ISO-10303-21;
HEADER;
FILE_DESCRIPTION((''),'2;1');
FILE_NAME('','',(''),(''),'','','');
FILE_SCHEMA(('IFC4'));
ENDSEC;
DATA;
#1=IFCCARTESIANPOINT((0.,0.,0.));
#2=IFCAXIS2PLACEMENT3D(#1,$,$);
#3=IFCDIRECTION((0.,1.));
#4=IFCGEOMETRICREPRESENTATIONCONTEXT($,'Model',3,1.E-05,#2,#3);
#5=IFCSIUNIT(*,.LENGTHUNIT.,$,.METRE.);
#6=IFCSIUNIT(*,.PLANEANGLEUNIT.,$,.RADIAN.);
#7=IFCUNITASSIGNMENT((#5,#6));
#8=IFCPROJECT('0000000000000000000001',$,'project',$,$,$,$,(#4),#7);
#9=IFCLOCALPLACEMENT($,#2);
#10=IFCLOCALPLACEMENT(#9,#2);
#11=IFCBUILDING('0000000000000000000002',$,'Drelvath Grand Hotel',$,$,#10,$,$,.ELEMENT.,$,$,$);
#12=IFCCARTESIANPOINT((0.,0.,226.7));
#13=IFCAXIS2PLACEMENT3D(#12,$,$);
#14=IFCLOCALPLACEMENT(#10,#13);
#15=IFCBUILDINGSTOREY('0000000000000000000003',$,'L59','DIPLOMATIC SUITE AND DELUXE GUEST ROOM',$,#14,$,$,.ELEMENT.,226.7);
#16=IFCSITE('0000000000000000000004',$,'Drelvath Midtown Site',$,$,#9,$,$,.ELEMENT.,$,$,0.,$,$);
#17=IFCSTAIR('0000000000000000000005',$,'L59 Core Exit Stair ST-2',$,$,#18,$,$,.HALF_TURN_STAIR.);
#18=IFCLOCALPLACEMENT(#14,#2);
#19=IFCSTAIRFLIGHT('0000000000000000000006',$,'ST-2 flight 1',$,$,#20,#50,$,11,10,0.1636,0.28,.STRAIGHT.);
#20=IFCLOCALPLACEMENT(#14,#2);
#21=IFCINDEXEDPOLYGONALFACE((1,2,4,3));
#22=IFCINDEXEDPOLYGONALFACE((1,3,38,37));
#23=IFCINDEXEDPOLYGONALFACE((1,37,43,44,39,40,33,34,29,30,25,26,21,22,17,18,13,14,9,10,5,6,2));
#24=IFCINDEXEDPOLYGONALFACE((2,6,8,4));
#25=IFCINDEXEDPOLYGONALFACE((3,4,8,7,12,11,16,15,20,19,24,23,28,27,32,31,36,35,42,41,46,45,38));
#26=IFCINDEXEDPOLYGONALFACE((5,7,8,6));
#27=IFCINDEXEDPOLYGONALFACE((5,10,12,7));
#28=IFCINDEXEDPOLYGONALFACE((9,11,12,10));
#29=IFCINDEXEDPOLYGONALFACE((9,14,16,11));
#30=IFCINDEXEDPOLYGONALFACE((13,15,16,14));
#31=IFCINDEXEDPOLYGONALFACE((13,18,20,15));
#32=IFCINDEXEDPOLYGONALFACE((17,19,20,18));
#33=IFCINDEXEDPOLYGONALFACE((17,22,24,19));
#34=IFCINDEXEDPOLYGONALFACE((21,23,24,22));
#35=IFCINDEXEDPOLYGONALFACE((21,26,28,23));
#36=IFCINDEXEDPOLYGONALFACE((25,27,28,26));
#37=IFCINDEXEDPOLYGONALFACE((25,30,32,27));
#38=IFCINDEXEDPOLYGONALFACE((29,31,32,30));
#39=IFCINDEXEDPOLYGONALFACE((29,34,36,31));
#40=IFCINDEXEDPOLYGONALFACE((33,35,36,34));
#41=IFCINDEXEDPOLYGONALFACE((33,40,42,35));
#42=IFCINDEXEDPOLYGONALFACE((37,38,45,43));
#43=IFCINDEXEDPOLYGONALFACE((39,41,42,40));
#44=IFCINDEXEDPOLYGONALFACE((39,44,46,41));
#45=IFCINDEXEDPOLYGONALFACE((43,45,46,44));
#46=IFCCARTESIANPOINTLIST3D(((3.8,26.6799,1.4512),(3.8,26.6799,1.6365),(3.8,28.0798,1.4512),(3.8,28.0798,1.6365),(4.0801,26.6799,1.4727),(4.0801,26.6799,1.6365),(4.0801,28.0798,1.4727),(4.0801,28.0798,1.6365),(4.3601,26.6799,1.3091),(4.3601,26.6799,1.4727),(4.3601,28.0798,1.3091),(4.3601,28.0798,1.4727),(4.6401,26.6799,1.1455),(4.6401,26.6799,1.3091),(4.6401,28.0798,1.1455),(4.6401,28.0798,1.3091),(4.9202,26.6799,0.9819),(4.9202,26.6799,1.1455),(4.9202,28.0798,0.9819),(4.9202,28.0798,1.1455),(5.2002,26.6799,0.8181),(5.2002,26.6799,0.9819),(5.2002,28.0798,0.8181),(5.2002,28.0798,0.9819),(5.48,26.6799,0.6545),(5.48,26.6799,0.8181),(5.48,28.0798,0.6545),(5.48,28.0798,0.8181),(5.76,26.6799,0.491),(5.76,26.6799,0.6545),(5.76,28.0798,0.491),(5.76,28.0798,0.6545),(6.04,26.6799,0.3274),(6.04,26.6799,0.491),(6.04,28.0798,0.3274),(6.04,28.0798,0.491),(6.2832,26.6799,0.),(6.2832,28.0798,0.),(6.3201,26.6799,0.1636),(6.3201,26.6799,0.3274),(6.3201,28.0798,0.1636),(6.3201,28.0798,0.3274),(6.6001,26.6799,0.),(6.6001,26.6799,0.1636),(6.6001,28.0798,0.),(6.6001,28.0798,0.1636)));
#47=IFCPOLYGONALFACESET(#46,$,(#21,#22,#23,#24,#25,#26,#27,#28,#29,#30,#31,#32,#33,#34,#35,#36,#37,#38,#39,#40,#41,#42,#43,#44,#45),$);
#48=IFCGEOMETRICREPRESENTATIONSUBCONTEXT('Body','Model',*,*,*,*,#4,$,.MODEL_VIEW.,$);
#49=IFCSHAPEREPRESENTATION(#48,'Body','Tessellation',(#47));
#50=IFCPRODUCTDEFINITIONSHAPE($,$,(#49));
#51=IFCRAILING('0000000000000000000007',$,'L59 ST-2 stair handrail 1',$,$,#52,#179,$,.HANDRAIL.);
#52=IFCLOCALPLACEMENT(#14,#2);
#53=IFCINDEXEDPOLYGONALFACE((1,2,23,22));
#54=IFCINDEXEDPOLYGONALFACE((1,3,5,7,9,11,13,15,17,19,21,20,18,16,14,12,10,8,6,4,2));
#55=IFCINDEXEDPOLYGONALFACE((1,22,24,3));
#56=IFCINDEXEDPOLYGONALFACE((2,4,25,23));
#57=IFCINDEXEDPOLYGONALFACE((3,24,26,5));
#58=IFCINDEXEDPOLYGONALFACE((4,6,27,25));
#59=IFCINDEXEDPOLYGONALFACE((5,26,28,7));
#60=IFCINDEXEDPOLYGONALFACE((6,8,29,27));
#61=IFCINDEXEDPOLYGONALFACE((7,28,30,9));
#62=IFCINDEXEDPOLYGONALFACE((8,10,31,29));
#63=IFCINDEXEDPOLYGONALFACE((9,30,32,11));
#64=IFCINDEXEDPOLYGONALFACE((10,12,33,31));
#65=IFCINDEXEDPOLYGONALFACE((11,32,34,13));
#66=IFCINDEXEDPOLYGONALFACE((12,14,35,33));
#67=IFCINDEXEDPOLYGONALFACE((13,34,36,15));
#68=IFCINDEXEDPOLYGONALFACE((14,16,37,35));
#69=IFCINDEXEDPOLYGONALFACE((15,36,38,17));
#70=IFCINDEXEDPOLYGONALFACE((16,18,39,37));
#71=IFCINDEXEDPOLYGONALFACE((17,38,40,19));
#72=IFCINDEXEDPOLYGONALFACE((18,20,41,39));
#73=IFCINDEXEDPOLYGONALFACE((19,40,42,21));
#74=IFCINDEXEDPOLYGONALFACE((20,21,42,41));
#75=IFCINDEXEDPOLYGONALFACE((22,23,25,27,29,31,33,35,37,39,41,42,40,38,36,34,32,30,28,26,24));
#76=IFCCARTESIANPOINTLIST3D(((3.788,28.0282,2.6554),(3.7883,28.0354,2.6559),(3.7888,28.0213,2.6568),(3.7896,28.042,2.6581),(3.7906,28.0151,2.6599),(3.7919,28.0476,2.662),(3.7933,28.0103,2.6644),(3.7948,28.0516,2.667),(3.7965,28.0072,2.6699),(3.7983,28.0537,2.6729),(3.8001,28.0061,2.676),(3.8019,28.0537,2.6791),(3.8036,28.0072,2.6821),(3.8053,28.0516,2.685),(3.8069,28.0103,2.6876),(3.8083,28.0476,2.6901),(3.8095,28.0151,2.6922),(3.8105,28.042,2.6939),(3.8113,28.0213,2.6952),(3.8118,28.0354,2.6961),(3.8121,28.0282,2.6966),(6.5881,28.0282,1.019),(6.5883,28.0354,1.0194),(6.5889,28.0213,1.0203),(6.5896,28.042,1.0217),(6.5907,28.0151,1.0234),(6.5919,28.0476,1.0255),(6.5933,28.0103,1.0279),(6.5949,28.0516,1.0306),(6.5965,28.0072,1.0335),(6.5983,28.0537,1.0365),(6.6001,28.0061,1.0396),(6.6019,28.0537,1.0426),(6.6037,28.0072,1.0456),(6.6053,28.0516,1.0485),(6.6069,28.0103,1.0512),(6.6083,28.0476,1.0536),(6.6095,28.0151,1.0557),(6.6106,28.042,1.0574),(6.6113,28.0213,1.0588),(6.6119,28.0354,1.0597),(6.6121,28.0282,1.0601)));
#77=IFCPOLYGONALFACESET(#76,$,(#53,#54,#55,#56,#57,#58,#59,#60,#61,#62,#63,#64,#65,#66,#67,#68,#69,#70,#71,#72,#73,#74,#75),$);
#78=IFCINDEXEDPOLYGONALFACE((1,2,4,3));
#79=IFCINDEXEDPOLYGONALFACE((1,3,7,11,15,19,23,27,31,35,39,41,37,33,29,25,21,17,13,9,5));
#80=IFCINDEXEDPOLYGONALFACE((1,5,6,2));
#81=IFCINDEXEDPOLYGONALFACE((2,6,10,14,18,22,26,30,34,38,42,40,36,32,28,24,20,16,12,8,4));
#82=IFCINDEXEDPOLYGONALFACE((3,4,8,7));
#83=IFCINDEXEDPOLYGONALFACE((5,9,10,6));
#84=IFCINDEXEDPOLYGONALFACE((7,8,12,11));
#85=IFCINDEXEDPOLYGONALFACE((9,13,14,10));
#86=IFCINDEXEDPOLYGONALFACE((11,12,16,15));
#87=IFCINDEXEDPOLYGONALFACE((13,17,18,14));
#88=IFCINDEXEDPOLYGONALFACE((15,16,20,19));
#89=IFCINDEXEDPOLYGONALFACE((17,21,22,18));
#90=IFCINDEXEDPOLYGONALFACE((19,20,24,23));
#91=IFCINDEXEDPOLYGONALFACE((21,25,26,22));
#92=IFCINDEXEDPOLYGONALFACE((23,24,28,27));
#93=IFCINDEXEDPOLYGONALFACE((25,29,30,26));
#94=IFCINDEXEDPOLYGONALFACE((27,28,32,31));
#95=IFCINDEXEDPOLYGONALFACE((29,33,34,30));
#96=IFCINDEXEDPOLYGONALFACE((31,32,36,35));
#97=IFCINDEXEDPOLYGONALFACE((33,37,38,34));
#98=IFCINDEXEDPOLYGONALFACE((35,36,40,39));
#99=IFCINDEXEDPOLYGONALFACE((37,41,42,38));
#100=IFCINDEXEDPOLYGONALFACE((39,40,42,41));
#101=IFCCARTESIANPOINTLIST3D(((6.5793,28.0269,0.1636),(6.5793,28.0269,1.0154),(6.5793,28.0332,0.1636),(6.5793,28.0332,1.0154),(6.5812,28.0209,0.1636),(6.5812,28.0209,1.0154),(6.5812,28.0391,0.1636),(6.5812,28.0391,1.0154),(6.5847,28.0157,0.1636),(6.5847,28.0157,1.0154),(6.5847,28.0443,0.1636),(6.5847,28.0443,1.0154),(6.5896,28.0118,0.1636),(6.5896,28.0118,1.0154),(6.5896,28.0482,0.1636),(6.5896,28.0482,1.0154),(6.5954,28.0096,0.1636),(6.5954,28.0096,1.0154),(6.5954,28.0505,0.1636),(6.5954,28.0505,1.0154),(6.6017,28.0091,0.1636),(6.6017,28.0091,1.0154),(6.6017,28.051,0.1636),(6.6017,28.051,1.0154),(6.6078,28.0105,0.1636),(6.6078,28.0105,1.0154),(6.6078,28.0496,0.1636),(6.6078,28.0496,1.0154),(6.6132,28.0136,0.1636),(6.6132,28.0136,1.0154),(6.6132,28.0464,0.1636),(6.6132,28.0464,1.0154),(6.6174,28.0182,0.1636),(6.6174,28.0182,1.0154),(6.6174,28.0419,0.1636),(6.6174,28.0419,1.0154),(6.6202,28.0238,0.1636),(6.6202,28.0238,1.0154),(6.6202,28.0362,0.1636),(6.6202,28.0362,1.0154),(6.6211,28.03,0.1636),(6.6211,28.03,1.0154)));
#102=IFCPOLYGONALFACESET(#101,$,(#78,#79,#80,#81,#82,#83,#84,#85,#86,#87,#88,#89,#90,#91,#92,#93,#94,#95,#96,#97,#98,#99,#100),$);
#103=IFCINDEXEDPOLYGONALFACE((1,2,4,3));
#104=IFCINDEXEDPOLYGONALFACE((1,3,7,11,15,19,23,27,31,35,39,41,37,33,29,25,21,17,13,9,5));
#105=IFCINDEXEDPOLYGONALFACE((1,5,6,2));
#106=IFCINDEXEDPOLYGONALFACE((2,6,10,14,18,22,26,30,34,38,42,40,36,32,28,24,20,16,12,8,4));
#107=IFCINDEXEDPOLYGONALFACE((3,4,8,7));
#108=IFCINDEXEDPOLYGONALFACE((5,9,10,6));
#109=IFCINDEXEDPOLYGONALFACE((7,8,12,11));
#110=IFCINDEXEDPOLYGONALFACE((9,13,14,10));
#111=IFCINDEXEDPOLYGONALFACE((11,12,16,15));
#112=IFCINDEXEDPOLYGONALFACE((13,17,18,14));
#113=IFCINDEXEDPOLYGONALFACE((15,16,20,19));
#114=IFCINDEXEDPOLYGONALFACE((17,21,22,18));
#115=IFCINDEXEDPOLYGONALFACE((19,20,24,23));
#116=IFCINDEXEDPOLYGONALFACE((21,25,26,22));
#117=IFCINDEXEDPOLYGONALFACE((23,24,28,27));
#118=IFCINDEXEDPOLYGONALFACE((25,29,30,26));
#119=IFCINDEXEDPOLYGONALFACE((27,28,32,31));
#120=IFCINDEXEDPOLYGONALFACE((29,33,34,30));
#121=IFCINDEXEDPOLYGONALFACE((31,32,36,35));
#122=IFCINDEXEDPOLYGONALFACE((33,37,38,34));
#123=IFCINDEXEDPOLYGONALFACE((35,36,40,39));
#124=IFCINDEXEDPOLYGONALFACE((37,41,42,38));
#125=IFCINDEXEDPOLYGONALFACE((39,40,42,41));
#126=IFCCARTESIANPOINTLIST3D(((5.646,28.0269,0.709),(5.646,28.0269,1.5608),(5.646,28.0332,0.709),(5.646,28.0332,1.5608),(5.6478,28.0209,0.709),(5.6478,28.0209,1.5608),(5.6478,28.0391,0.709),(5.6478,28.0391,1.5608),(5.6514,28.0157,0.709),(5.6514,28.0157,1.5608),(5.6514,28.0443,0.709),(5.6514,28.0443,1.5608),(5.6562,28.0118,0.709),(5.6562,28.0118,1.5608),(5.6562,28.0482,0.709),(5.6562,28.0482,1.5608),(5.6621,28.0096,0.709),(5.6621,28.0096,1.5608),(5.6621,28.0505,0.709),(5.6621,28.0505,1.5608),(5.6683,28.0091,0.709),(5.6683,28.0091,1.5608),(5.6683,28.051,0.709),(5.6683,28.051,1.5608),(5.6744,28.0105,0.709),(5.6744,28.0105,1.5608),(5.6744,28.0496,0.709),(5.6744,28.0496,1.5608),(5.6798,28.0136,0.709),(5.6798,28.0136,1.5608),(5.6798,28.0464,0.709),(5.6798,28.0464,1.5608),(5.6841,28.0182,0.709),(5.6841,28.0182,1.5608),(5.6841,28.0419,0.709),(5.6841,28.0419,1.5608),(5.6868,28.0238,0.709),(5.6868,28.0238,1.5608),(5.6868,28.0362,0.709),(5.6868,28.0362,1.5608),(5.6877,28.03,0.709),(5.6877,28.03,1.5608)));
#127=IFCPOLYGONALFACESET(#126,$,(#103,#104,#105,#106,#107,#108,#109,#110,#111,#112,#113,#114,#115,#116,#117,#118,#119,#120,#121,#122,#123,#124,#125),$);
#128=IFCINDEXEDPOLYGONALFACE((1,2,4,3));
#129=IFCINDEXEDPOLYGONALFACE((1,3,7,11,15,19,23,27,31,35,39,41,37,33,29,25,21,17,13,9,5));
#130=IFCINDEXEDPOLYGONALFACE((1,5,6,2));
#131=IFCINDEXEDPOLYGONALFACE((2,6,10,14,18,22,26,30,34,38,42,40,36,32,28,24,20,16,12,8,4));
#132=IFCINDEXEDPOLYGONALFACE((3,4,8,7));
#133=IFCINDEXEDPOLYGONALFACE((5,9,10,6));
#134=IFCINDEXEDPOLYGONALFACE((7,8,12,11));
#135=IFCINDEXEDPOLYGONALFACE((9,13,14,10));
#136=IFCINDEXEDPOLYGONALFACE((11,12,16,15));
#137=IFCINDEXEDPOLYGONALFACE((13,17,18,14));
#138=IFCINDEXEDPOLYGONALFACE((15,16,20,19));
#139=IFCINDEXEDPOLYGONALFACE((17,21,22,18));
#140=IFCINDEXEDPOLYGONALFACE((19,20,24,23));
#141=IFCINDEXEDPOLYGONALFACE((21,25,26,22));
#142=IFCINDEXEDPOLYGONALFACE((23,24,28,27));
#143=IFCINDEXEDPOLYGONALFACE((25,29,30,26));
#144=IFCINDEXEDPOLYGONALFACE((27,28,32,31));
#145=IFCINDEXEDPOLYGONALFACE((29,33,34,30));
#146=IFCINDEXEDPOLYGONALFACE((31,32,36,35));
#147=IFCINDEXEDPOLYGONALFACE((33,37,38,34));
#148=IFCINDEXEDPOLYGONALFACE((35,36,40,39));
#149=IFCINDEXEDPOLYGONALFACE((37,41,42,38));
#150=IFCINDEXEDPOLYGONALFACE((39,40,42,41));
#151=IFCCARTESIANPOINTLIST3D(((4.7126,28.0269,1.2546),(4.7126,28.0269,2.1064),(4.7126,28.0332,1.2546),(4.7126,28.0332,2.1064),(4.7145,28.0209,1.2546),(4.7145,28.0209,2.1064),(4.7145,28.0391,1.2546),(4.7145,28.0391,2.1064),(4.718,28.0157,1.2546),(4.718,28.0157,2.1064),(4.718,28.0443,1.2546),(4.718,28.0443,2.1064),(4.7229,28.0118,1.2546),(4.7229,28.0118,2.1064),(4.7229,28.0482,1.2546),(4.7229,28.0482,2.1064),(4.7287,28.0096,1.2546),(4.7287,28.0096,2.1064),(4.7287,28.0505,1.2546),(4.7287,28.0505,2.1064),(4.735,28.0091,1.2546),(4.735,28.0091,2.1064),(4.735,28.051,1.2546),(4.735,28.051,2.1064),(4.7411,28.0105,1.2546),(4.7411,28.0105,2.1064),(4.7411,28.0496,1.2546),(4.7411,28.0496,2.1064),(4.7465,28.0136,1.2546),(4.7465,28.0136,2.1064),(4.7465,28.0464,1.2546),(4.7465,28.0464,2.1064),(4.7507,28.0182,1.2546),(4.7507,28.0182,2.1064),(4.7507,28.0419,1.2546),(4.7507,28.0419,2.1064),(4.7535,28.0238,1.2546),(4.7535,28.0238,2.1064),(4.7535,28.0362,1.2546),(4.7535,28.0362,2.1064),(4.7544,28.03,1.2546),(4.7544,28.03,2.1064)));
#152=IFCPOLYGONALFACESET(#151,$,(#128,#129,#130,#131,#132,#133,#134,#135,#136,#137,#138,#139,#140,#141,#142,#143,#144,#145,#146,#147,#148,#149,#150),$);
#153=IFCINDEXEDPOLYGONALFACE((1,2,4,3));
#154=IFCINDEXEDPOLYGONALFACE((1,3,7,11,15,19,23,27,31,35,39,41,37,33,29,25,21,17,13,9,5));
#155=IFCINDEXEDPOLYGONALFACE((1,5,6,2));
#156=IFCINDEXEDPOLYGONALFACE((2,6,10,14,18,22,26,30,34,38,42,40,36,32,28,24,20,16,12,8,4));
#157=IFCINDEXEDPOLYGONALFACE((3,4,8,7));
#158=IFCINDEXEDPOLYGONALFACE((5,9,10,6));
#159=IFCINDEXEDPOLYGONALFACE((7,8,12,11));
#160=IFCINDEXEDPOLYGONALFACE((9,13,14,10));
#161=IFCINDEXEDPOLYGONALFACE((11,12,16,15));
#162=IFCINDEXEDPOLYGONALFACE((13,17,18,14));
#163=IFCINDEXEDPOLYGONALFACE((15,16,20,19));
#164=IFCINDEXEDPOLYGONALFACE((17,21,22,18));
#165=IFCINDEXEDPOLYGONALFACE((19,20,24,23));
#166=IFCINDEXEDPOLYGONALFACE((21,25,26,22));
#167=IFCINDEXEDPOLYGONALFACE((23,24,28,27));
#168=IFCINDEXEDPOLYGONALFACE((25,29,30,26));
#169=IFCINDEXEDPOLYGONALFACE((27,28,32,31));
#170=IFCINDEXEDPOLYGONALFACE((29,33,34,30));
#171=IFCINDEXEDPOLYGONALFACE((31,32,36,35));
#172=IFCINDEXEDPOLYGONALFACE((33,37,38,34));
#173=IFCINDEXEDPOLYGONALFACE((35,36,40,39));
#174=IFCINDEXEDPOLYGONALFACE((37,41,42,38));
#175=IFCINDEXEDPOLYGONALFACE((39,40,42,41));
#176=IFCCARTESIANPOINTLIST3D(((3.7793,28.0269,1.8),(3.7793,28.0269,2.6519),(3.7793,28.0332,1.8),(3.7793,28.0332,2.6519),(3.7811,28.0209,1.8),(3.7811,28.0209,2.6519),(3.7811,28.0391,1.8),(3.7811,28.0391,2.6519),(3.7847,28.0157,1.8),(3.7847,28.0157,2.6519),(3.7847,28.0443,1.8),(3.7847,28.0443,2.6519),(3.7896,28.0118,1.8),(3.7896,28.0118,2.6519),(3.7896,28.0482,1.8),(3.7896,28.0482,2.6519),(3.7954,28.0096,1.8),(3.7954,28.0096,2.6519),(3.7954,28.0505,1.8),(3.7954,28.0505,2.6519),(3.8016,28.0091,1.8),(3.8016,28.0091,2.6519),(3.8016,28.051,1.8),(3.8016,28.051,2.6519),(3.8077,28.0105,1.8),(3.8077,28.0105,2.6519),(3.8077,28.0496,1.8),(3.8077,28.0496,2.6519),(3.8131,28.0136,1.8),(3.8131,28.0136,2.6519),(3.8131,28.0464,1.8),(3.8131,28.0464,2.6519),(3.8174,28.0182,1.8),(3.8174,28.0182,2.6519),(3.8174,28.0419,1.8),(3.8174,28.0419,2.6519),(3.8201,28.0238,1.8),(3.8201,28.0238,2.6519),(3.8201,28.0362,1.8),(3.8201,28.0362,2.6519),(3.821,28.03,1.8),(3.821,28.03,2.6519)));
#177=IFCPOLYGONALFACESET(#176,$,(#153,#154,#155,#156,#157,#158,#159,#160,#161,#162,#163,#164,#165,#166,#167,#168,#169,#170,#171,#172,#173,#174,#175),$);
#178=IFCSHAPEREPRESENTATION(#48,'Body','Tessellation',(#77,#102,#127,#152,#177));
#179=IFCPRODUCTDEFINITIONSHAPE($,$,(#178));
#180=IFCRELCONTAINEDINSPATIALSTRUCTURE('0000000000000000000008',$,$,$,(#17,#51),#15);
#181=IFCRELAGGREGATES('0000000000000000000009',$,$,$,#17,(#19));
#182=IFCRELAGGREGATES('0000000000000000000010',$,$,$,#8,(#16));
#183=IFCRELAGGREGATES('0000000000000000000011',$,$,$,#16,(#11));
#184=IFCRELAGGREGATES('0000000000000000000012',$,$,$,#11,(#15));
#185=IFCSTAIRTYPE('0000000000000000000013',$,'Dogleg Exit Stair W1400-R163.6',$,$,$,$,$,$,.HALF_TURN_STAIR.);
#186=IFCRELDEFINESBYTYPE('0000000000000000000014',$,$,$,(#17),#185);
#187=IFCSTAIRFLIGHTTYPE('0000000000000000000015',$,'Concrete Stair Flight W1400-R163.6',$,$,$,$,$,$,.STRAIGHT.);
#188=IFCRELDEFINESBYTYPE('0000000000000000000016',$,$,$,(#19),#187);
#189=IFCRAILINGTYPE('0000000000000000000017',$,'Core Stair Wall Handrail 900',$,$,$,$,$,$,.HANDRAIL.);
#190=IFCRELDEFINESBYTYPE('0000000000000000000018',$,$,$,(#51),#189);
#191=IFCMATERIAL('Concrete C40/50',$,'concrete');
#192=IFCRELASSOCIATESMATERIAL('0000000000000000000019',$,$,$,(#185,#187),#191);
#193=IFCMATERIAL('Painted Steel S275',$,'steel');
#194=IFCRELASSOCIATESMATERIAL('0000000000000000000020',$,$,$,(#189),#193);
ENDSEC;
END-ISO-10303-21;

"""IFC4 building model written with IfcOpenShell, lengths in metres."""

from ifc_helpers import new_model, si_unit, direction, frame, origin, origin_2d, place, context, subcontext, project, spatial, polyline, circle, outline, extrude, material, type_object, element, aggregate, save


model = new_model("IFC4")

# Units and contexts
model_context = context("Model", 3, precision=1e-05, world=origin(), true_north=direction((0.0, 1.0)))
body_context = subcontext(model_context, "Body", "Model", "MODEL_VIEW")
ifc_project = project(units=[si_unit("LENGTHUNIT", "METRE"), si_unit("PLANEANGLEUNIT", "RADIAN")], contexts=[model_context])

# Site, building, storey
site_placement = place(None, origin())
site = spatial("IfcSite", under=ifc_project, at=site_placement, Name="Drelvath Midtown Site", CompositionType="ELEMENT", RefElevation=0.0)
building_placement = place(site_placement, origin())
building = spatial("IfcBuilding", under=site, at=building_placement, Name="Drelvath Grand Hotel", CompositionType="ELEMENT")
storey_placement = place(building_placement, frame((0.0, 0.0, 226.7)))
storey = spatial("IfcBuildingStorey", under=building, at=storey_placement, Name="L59", Description="DIPLOMATIC SUITE AND DELUXE GUEST ROOM", CompositionType="ELEMENT", Elevation=226.7)

# Shared definitions
ifc_material_1 = material(Name="Concrete C40/50", Category="concrete")

# Shared definitions
ifc_material_2 = material(Name="Painted Steel S275", Category="steel")

# Stair, stair flight
stair_type = type_object("IfcStairType", Name="Dogleg Exit Stair W1400-R163.6", PredefinedType="HALF_TURN_STAIR", material=ifc_material_1)
stair_placement = place(storey_placement, origin())
stair = element("IfcStair", 1, at=stair_placement, inside=storey, type_object=stair_type, Name="L59 Core Exit Stair ST-2", PredefinedType="HALF_TURN_STAIR")
stair_flight_type = type_object("IfcStairFlightType", Name="Concrete Stair Flight W1400-R163.6", PredefinedType="STRAIGHT", material=ifc_material_1)
stair_flight_placement = place(storey_placement, frame((6.6001, 27.3799, 0.0), z_axis=(0.0, 0.0, 1.0), x_axis=(-1.0, 0.0, 0.0)))
stair_flight = element("IfcStairFlight", 2, at=stair_flight_placement, type_object=stair_flight_type, Name="ST-2 flight 1", NumberOfRisers=11, NumberOfTreads=10, PredefinedType="STRAIGHT", RiserHeight=0.1636, TreadLength=0.28, context=body_context, shape_type="SweptSolid", body=[
    extrude(outline(polyline([(0.0, 0.0), (0.0, 0.1636), (0.28, 0.1636), (0.28, 0.3274), (0.5601, 0.3274), (0.5601, 0.491), (0.8401, 0.491), (0.8401, 0.6545), (1.1201, 0.6545), (1.1201, 0.8181), (1.3999, 0.8181), (1.3999, 0.9819), (1.6799, 0.9819), (1.6799, 1.1455), (1.96, 1.1455), (1.96, 1.3091), (2.24, 1.3091), (2.24, 1.4727), (2.52, 1.4727), (2.52, 1.6365), (2.8, 1.6365), (2.8, 1.8), (2.8, 1.4512), (0.3169, 0.0), (0.0, 0.0)])), frame((0.0, 0.7, 0.0), z_axis=(0.0, -1.0, 0.0), x_axis=(1.0, 0.0, 0.0)), (0.0, 0.0, 1.0), 1.3999),
])
aggregate(stair, [stair_flight])

# Railing
railing_type = type_object("IfcRailingType", Name="Core Stair Wall Handrail 900", PredefinedType="HANDRAIL", material=ifc_material_2)
railing_placement = place(storey_placement, frame((6.6001, 28.03, 0.1636)))
element("IfcRailing", 3, at=railing_placement, inside=storey, type_object=railing_type, Name="L59 ST-2 stair handrail 1", PredefinedType="HANDRAIL", context=body_context, shape_type="SweptSolid", body=[
    extrude(circle(Radius=0.0239, at=origin_2d()), frame((0.0, 0.0, 0.876), z_axis=(-0.863361, 0.0, 0.504587), x_axis=(0.0, -1.0, 0.0)), (0.0, 0.0, 1.0), 3.2432),
    extrude(circle(Radius=0.021, at=origin_2d()), origin(), (0.0, 0.0, 1.0), 0.8518),
    extrude(circle(Radius=0.021, at=origin_2d()), frame((-0.9333, 0.0, 0.5454)), (0.0, 0.0, 1.0), 0.8518),
    extrude(circle(Radius=0.021, at=origin_2d()), frame((-1.8667, 0.0, 1.0911)), (0.0, 0.0, 1.0), 0.8518),
    extrude(circle(Radius=0.021, at=origin_2d()), frame((-2.8, 0.0, 1.6365)), (0.0, 0.0, 1.0), 0.8518),
])

save(model, "model.ifc")
